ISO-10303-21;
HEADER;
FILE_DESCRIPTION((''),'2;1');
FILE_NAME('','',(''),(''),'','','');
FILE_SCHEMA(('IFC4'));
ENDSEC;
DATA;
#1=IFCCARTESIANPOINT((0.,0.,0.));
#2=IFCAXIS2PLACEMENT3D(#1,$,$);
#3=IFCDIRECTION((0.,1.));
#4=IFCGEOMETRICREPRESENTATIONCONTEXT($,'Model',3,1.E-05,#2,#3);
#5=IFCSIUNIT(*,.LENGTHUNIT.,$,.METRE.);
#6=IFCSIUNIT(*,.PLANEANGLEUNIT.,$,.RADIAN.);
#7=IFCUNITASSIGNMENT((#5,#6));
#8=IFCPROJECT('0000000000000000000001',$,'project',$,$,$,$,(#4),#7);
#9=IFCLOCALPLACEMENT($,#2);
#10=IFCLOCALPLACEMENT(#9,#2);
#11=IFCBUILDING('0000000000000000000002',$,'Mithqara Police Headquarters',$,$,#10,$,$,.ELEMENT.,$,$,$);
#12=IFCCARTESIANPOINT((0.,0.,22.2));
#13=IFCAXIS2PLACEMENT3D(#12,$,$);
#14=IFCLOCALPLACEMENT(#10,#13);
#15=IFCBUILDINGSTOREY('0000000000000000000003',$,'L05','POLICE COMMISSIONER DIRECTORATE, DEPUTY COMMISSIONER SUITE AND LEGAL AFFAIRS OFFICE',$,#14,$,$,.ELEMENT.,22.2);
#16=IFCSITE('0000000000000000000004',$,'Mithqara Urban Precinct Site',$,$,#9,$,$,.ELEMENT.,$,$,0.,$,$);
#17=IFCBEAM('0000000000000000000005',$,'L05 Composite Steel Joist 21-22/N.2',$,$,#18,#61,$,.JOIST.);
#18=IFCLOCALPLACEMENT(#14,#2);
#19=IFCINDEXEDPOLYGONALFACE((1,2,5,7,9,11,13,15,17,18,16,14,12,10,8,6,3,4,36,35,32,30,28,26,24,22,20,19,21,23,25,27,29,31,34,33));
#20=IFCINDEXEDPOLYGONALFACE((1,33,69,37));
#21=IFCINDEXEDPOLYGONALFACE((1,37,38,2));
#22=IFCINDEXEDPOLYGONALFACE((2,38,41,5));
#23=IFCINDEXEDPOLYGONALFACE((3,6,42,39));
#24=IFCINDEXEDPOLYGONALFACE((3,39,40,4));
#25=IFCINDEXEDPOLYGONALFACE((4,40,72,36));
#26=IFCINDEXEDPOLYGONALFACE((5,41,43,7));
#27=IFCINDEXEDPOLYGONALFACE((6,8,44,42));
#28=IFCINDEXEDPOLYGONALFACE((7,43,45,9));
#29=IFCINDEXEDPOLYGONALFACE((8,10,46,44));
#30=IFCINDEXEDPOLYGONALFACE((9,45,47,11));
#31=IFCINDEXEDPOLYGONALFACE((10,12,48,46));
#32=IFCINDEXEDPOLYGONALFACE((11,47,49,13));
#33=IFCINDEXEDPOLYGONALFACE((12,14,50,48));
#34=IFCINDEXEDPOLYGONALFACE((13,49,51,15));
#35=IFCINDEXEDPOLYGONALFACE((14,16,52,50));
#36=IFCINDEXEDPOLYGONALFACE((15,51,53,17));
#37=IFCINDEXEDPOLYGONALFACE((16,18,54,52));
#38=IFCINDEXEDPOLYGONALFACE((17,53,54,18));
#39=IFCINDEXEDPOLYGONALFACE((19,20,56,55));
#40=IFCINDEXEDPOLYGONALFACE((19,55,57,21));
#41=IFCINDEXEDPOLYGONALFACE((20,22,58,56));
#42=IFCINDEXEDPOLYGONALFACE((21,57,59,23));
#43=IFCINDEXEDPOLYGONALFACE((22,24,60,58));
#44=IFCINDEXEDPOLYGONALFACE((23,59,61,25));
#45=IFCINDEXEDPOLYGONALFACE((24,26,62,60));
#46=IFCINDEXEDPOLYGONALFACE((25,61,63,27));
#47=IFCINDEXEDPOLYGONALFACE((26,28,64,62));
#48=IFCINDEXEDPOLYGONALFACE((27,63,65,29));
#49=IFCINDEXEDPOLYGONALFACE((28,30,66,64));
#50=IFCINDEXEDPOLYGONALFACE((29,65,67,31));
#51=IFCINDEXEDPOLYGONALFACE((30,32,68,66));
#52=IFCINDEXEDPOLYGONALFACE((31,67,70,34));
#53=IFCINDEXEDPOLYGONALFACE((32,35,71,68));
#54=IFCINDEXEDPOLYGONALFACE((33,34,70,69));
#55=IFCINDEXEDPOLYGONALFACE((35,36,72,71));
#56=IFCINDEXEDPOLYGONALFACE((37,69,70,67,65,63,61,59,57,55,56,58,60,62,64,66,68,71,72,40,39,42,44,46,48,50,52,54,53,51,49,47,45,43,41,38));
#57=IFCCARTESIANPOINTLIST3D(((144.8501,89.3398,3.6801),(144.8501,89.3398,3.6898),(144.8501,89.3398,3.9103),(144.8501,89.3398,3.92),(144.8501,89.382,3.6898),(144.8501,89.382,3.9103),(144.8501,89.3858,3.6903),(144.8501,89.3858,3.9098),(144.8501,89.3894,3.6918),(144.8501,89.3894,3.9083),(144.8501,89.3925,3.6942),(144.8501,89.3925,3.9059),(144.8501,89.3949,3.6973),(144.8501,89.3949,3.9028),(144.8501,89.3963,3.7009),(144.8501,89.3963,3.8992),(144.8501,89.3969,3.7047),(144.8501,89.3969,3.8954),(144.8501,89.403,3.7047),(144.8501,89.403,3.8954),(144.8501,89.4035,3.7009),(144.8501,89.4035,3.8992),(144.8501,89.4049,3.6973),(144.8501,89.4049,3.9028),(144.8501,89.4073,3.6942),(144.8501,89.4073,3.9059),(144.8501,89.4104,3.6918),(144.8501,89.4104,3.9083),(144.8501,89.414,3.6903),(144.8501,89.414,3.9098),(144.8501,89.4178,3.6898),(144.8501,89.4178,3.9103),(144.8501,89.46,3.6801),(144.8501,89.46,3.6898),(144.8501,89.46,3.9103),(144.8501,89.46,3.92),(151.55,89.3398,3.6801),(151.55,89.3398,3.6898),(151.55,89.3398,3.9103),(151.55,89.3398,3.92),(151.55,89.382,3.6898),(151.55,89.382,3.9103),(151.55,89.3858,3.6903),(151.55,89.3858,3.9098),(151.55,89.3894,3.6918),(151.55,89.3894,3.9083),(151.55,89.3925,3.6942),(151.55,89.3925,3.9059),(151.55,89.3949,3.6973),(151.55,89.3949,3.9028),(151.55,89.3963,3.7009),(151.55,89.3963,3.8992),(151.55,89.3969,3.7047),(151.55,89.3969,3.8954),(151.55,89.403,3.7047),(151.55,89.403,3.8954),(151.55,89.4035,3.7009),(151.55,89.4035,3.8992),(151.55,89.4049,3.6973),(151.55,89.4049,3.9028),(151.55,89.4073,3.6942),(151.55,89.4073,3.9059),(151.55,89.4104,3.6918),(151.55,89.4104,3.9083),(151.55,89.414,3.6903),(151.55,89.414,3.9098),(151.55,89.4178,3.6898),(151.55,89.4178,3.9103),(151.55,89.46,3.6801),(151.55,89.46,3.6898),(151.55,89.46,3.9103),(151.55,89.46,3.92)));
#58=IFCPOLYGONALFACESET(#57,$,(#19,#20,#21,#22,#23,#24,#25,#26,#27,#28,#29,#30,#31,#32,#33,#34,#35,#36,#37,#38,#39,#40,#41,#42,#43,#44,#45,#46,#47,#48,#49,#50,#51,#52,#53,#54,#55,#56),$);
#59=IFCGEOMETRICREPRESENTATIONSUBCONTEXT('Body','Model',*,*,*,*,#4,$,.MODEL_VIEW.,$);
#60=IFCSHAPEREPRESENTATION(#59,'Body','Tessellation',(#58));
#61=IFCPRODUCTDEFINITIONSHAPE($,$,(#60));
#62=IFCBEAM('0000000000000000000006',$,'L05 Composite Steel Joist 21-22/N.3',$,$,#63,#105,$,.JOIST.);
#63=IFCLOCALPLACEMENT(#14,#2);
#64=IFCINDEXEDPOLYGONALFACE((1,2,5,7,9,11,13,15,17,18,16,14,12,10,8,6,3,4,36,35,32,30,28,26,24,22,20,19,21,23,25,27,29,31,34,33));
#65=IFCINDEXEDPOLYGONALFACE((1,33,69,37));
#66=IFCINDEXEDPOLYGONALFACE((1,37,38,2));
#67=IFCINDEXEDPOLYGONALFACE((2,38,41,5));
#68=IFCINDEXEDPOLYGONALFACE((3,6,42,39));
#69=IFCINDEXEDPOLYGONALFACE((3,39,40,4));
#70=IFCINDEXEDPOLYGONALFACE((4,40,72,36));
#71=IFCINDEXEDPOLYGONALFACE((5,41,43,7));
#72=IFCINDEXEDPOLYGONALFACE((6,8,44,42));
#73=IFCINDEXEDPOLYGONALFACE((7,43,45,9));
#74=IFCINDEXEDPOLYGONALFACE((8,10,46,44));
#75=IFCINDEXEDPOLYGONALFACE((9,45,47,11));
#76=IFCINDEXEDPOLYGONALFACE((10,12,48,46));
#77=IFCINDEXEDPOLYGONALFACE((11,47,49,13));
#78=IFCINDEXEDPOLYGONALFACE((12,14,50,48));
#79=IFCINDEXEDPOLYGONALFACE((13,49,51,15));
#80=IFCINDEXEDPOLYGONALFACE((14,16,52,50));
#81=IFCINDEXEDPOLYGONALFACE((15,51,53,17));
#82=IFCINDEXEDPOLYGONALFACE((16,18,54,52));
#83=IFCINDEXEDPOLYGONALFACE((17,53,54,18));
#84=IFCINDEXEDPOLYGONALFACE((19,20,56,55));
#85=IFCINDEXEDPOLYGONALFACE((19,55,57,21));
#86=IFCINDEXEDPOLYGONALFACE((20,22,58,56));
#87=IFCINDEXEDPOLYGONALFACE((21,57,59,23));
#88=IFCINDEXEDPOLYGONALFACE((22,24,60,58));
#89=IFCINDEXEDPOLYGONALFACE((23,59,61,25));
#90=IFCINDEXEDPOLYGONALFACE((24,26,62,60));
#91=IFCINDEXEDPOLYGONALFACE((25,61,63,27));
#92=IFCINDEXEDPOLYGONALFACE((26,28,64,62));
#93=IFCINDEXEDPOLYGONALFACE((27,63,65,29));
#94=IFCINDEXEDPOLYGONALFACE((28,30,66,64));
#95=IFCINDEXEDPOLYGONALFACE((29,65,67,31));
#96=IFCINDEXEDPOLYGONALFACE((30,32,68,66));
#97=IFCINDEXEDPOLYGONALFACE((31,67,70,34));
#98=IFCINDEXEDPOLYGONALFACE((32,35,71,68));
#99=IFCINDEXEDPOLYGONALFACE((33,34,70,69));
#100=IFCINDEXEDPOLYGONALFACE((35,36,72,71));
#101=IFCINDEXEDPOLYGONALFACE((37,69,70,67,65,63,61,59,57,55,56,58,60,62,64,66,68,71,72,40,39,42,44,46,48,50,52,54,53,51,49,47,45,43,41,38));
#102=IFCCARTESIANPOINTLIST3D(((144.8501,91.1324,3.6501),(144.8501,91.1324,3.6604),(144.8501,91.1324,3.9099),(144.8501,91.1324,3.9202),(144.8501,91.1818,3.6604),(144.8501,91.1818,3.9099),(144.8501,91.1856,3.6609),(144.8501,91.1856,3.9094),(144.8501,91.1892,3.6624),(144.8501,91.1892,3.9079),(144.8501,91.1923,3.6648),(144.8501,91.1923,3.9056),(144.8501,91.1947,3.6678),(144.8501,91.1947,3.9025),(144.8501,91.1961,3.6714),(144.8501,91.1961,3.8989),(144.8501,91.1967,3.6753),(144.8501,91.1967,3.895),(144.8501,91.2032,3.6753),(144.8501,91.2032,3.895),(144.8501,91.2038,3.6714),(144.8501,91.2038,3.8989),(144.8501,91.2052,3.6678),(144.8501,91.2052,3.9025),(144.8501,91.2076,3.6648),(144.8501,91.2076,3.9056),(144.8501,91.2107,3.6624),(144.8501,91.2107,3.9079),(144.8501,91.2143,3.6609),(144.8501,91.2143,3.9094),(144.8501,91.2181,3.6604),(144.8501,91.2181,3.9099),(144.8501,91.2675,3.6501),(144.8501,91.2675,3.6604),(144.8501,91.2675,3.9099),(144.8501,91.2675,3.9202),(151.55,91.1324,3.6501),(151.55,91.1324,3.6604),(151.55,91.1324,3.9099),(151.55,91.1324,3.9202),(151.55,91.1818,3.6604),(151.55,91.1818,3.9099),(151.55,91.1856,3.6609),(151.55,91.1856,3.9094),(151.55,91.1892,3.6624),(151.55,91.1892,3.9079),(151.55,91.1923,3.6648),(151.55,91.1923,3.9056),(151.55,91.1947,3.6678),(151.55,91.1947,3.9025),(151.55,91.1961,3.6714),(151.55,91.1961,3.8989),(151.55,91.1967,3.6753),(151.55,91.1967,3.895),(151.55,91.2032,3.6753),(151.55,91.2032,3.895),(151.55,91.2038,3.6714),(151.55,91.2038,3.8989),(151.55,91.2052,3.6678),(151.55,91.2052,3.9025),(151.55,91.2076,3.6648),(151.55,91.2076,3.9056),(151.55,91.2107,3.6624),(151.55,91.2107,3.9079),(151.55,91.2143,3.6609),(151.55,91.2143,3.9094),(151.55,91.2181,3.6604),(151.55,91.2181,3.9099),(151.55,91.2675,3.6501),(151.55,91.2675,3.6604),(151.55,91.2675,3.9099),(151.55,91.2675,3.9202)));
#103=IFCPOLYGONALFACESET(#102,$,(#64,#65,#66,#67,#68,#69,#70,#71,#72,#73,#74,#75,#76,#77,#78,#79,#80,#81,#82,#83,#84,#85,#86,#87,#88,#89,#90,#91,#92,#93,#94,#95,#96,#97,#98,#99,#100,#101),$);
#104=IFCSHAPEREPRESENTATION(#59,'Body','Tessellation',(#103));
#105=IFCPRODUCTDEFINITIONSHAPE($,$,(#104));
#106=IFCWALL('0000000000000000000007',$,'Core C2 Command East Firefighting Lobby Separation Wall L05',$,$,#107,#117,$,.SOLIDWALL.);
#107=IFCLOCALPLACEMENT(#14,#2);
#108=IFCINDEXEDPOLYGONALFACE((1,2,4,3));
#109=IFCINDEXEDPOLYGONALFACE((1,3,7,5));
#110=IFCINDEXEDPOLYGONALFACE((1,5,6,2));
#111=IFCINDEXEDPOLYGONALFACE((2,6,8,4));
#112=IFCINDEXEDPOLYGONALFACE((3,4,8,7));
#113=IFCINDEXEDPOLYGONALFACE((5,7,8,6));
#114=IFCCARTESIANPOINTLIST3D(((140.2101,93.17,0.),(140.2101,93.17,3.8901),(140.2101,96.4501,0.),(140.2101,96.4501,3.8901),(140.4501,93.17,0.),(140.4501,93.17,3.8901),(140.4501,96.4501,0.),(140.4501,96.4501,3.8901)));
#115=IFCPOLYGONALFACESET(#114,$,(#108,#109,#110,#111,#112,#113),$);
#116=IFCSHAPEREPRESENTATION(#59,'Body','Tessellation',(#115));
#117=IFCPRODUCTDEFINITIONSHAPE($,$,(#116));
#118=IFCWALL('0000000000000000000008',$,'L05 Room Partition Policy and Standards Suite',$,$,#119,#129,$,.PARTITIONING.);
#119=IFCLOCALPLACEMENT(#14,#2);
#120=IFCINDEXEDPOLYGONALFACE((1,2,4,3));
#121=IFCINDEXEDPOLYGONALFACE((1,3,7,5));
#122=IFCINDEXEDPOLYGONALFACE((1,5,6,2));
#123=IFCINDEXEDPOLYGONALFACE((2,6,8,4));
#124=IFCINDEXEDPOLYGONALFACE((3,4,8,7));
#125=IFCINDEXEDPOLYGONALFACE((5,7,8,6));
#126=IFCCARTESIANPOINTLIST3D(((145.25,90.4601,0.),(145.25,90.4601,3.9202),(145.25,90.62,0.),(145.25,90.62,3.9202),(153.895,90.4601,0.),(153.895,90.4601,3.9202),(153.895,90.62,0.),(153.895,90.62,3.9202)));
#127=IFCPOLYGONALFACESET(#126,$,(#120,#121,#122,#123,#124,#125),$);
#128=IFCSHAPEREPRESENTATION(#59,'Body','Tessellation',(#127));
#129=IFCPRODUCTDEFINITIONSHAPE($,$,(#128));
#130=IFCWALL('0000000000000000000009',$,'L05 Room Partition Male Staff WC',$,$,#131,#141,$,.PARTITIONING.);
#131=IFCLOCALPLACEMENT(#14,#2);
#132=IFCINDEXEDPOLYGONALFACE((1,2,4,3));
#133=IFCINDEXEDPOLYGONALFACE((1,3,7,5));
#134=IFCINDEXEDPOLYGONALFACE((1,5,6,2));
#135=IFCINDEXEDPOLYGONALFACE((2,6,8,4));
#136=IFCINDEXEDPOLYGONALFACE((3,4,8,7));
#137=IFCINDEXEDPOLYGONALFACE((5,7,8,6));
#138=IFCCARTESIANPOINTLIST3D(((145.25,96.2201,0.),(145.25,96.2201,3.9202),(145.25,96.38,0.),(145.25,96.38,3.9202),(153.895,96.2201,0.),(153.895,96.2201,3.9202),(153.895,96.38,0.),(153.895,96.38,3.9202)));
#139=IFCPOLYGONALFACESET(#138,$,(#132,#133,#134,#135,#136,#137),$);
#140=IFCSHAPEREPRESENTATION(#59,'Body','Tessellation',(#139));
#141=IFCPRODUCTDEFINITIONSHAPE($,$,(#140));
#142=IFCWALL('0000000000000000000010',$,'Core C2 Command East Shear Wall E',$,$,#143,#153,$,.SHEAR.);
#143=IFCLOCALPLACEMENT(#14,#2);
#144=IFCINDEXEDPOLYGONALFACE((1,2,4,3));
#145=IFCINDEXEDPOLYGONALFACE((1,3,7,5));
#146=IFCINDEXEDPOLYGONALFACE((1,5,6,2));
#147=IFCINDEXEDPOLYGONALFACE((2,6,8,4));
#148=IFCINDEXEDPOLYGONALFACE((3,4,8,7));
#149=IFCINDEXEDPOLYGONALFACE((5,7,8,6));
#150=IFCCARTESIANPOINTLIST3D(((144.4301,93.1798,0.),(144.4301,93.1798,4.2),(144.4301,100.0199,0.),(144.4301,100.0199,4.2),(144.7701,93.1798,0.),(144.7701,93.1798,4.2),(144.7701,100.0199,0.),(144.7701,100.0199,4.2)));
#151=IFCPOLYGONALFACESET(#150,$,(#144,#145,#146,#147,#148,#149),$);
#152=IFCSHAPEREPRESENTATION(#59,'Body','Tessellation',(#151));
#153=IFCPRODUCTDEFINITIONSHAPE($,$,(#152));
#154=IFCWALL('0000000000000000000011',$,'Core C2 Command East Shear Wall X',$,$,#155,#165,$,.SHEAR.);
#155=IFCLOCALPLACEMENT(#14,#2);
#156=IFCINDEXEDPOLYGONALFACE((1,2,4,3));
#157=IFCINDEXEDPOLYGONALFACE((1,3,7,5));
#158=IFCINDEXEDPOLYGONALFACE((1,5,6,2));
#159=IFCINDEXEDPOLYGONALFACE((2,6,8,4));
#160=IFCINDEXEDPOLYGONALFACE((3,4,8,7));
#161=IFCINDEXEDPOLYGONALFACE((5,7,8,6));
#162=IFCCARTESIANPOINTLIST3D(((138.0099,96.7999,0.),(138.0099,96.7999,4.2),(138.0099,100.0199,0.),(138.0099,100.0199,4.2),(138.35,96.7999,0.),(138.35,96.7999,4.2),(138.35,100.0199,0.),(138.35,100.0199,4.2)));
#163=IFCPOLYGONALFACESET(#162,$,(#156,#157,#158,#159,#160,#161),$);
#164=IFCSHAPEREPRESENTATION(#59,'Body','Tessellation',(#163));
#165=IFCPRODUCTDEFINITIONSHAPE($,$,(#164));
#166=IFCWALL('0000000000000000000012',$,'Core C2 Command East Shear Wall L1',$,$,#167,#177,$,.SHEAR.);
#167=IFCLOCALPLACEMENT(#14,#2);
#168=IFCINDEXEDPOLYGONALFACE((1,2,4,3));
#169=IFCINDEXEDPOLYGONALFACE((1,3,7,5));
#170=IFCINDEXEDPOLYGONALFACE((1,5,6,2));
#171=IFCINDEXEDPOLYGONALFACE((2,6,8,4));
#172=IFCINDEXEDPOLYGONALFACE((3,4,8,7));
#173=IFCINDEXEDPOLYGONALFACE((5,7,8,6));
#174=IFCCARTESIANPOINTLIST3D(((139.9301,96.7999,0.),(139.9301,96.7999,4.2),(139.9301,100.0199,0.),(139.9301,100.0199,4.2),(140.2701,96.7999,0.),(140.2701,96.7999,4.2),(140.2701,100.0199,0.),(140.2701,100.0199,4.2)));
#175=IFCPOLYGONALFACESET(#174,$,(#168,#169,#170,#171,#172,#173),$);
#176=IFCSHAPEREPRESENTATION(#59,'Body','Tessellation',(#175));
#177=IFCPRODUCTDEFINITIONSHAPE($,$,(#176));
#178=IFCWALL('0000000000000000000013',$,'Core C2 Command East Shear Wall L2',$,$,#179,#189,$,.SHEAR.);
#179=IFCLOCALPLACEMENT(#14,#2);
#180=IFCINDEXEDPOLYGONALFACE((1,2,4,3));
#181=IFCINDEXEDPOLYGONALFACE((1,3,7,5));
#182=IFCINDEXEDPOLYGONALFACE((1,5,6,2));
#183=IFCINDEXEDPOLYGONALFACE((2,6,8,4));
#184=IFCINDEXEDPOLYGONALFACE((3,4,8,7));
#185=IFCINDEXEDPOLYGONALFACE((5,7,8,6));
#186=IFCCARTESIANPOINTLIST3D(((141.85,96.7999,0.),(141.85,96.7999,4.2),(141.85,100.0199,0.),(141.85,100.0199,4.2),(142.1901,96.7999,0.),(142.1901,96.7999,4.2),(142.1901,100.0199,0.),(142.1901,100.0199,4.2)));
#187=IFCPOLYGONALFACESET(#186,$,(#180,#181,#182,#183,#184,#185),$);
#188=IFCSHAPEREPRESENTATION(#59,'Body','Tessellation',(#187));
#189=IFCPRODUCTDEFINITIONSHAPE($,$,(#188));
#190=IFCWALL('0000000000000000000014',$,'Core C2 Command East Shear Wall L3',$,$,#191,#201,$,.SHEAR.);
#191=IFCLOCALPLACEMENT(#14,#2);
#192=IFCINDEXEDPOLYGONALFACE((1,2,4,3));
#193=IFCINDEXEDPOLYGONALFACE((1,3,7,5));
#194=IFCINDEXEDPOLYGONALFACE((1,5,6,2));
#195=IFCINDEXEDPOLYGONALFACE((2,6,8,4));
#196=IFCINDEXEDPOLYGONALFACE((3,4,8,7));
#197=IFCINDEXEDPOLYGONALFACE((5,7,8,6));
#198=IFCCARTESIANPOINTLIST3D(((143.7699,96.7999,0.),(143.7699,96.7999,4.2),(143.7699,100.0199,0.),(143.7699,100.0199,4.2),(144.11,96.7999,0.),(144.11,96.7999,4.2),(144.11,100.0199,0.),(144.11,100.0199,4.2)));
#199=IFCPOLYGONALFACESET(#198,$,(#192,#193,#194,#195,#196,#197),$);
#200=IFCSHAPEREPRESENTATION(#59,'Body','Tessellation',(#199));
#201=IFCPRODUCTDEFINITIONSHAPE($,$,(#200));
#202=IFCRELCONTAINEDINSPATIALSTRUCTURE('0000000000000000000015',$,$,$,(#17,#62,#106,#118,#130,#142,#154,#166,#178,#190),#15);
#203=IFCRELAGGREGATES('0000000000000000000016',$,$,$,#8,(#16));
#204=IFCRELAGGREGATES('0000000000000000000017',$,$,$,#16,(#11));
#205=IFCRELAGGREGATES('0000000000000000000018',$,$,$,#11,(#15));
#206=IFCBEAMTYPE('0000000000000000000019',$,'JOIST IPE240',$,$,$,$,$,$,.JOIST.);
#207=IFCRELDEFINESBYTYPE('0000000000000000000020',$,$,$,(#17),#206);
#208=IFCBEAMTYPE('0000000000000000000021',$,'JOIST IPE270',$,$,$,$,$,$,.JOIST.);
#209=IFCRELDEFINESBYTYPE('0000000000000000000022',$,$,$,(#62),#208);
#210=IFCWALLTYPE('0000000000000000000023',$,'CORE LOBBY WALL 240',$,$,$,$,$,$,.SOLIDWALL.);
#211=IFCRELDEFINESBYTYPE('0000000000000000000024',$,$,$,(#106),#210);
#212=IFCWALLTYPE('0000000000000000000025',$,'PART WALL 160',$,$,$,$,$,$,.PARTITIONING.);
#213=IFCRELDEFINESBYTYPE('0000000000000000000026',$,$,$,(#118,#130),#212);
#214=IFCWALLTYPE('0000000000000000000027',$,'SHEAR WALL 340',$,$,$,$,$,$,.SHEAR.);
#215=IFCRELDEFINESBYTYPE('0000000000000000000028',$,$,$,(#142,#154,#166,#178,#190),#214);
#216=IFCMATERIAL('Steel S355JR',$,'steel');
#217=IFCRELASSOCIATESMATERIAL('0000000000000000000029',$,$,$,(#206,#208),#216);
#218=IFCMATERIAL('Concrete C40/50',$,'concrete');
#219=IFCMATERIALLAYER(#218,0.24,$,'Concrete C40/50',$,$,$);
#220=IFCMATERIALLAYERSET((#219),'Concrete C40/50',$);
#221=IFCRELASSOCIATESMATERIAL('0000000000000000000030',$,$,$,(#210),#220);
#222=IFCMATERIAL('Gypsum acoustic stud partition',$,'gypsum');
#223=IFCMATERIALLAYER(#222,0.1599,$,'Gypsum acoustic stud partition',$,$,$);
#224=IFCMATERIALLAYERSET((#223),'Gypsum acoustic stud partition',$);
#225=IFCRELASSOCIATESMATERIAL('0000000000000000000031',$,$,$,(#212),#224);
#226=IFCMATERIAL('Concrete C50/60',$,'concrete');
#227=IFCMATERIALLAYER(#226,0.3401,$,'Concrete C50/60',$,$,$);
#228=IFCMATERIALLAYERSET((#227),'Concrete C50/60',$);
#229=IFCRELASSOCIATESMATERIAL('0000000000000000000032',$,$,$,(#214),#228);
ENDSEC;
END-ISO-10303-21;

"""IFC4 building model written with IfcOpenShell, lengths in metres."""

from ifc_helpers import new_model, si_unit, direction, frame, frame_2d, origin, origin_2d, place, context, subcontext, project, spatial, rectangle, i_section, extrude, material, layer, layer_set, material_profile, profile_set, type_object, element, save


model = new_model("IFC4")

# Units and contexts
model_context = context("Model", 3, precision=1e-05, world=origin(), true_north=direction((0.0, 1.0)))
body_context = subcontext(model_context, "Body", "Model", "MODEL_VIEW")
ifc_project = project(units=[si_unit("LENGTHUNIT", "METRE"), si_unit("PLANEANGLEUNIT", "RADIAN")], contexts=[model_context])

# Site, building, storey
site_placement = place(None, origin())
site = spatial("IfcSite", under=ifc_project, at=site_placement, Name="Mithqara Urban Precinct Site", CompositionType="ELEMENT", RefElevation=0.0)
building_placement = place(site_placement, origin())
building = spatial("IfcBuilding", under=site, at=building_placement, Name="Mithqara Police Headquarters", CompositionType="ELEMENT")
storey_placement = place(building_placement, frame((0.0, 0.0, 22.2)))
storey = spatial("IfcBuildingStorey", under=building, at=storey_placement, Name="L05", Description="POLICE COMMISSIONER DIRECTORATE, DEPUTY COMMISSIONER SUITE AND LEGAL AFFAIRS OFFICE", CompositionType="ELEMENT", Elevation=22.2)

# Shared definitions
ifc_material_1 = material(Name="Concrete C50/60", Category="concrete")

# Shared definitions
ifc_material_2 = material(Name="Steel S355JR", Category="steel")
ifc_material_3 = material(Name="Concrete C40/50", Category="concrete")

# Beams
ifc_material_profile_1 = material_profile(ifc_material_2, i_section(OverallWidth=0.1201, OverallDepth=0.24, WebThickness=0.0061, FlangeThickness=0.0098, FilletRadius=0.0149, at=origin_2d()), Name="IPE 240")
ifc_profile_set_1 = profile_set([ifc_material_profile_1], Name="Steel S355JR")
beam_type_1 = type_object("IfcBeamType", Name="JOIST IPE240", PredefinedType="JOIST", material=ifc_profile_set_1)
beam_1_placement = place(storey_placement, frame((144.8501, 89.3999, 3.8), z_axis=(1.0, 0.0, 0.0), x_axis=(0.0, 1.0, 0.0)))
element("IfcBeam", 1, at=beam_1_placement, inside=storey, type_object=beam_type_1, Name="L05 Composite Steel Joist 21-22/N.2", PredefinedType="JOIST", context=body_context, shape_type="SweptSolid", body=[
    extrude(i_section(OverallWidth=0.1201, OverallDepth=0.24, WebThickness=0.0061, FlangeThickness=0.0098, FilletRadius=0.0149, at=origin_2d()), origin(), (0.0, 0.0, 1.0), 6.7),
])
ifc_material_profile_2 = material_profile(ifc_material_2, i_section(OverallWidth=0.135, OverallDepth=0.27, WebThickness=0.0066, FlangeThickness=0.0103, FilletRadius=0.0149, at=origin_2d()), Name="IPE 270")
ifc_profile_set_2 = profile_set([ifc_material_profile_2], Name="Steel S355JR")
beam_type_2 = type_object("IfcBeamType", Name="JOIST IPE270", PredefinedType="JOIST", material=ifc_profile_set_2)
beam_2_placement = place(storey_placement, frame((144.8501, 91.2, 3.7852), z_axis=(1.0, 0.0, 0.0), x_axis=(0.0, 1.0, 0.0)))
element("IfcBeam", 2, at=beam_2_placement, inside=storey, type_object=beam_type_2, Name="L05 Composite Steel Joist 21-22/N.3", PredefinedType="JOIST", context=body_context, shape_type="SweptSolid", body=[
    extrude(i_section(OverallWidth=0.135, OverallDepth=0.27, WebThickness=0.0066, FlangeThickness=0.0103, FilletRadius=0.0149, at=origin_2d()), origin(), (0.0, 0.0, 1.0), 6.7),
])

# Walls
ifc_layer_1 = layer(ifc_material_3, 0.24, Name="Concrete C40/50")
ifc_layer_set_1 = layer_set([ifc_layer_1], Name="Concrete C40/50")
wall_type_1 = type_object("IfcWallType", Name="CORE LOBBY WALL 240", PredefinedType="SOLIDWALL", material=ifc_layer_set_1)
wall_1_placement = place(storey_placement, frame((140.3301, 93.1699, 0.0), z_axis=(0.0, 0.0, 1.0), x_axis=(0.0, 1.0, 0.0)))
element("IfcWall", 3, at=wall_1_placement, inside=storey, type_object=wall_type_1, Name="Core C2 Command East Firefighting Lobby Separation Wall L05", PredefinedType="SOLIDWALL", context=body_context, shape_type="SweptSolid", body=[
    extrude(rectangle(XDim=3.28, YDim=0.24, at=frame_2d((1.6401, 0.0))), origin(), (0.0, 0.0, 1.0), 3.8901),
])
ifc_material_4 = material(Name="Gypsum acoustic stud partition", Category="gypsum")
ifc_layer_2 = layer(ifc_material_4, 0.1599, Name="Gypsum acoustic stud partition")
ifc_layer_set_2 = layer_set([ifc_layer_2], Name="Gypsum acoustic stud partition")
wall_type_2 = type_object("IfcWallType", Name="PART WALL 160", PredefinedType="PARTITIONING", material=ifc_layer_set_2)
for number, where, z_axis, x_axis, name in (
    (4, (145.25, 90.54, 0.0), (0.0, 0.0, 1.0), (1.0, 0.0, 0.0), "L05 Room Partition Policy and Standards Suite"),
    (5, (145.25, 96.3, 0.0), (0.0, 0.0, 1.0), (1.0, 0.0, 0.0), "L05 Room Partition Male Staff WC"),
):
    element("IfcWall", number, at=place(storey_placement, frame(where, z_axis=z_axis, x_axis=x_axis)), inside=storey, type_object=wall_type_2, Name=name, PredefinedType="PARTITIONING", context=body_context, shape_type="SweptSolid", body=[
        extrude(rectangle(XDim=8.645, YDim=0.1599, at=frame_2d((4.3225, 0.0))), origin(), (0.0, 0.0, 1.0), 3.9202),
    ])
ifc_layer_3 = layer(ifc_material_1, 0.3401, Name="Concrete C50/60")
ifc_layer_set_3 = layer_set([ifc_layer_3], Name="Concrete C50/60")
wall_type_3 = type_object("IfcWallType", Name="SHEAR WALL 340", PredefinedType="SHEAR", material=ifc_layer_set_3)
wall_2_placement = place(storey_placement, frame((144.6001, 93.1799, 0.0), z_axis=(0.0, 0.0, 1.0), x_axis=(0.0, 1.0, 0.0)))
element("IfcWall", 6, at=wall_2_placement, inside=storey, type_object=wall_type_3, Name="Core C2 Command East Shear Wall E", PredefinedType="SHEAR", context=body_context, shape_type="SweptSolid", body=[
    extrude(rectangle(XDim=6.8401, YDim=0.3401, at=frame_2d((3.4199, 0.0))), origin(), (0.0, 0.0, 1.0), 4.2),
])
for number, where, z_axis, x_axis, name in (
    (7, (138.1799, 96.8, 0.0), (0.0, 0.0, 1.0), (0.0, 1.0, 0.0), "Core C2 Command East Shear Wall X"),
    (8, (140.1001, 96.8, 0.0), (0.0, 0.0, 1.0), (0.0, 1.0, 0.0), "Core C2 Command East Shear Wall L1"),
    (9, (142.02, 96.8, 0.0), (0.0, 0.0, 1.0), (0.0, 1.0, 0.0), "Core C2 Command East Shear Wall L2"),
    (10, (143.9399, 96.8, 0.0), (0.0, 0.0, 1.0), (0.0, 1.0, 0.0), "Core C2 Command East Shear Wall L3"),
):
    element("IfcWall", number, at=place(storey_placement, frame(where, z_axis=z_axis, x_axis=x_axis)), inside=storey, type_object=wall_type_3, Name=name, PredefinedType="SHEAR", context=body_context, shape_type="SweptSolid", body=[
        extrude(rectangle(XDim=3.22, YDim=0.3401, at=frame_2d((1.6099, 0.0))), origin(), (0.0, 0.0, 1.0), 4.2),
    ])

save(model, "model.ifc")
